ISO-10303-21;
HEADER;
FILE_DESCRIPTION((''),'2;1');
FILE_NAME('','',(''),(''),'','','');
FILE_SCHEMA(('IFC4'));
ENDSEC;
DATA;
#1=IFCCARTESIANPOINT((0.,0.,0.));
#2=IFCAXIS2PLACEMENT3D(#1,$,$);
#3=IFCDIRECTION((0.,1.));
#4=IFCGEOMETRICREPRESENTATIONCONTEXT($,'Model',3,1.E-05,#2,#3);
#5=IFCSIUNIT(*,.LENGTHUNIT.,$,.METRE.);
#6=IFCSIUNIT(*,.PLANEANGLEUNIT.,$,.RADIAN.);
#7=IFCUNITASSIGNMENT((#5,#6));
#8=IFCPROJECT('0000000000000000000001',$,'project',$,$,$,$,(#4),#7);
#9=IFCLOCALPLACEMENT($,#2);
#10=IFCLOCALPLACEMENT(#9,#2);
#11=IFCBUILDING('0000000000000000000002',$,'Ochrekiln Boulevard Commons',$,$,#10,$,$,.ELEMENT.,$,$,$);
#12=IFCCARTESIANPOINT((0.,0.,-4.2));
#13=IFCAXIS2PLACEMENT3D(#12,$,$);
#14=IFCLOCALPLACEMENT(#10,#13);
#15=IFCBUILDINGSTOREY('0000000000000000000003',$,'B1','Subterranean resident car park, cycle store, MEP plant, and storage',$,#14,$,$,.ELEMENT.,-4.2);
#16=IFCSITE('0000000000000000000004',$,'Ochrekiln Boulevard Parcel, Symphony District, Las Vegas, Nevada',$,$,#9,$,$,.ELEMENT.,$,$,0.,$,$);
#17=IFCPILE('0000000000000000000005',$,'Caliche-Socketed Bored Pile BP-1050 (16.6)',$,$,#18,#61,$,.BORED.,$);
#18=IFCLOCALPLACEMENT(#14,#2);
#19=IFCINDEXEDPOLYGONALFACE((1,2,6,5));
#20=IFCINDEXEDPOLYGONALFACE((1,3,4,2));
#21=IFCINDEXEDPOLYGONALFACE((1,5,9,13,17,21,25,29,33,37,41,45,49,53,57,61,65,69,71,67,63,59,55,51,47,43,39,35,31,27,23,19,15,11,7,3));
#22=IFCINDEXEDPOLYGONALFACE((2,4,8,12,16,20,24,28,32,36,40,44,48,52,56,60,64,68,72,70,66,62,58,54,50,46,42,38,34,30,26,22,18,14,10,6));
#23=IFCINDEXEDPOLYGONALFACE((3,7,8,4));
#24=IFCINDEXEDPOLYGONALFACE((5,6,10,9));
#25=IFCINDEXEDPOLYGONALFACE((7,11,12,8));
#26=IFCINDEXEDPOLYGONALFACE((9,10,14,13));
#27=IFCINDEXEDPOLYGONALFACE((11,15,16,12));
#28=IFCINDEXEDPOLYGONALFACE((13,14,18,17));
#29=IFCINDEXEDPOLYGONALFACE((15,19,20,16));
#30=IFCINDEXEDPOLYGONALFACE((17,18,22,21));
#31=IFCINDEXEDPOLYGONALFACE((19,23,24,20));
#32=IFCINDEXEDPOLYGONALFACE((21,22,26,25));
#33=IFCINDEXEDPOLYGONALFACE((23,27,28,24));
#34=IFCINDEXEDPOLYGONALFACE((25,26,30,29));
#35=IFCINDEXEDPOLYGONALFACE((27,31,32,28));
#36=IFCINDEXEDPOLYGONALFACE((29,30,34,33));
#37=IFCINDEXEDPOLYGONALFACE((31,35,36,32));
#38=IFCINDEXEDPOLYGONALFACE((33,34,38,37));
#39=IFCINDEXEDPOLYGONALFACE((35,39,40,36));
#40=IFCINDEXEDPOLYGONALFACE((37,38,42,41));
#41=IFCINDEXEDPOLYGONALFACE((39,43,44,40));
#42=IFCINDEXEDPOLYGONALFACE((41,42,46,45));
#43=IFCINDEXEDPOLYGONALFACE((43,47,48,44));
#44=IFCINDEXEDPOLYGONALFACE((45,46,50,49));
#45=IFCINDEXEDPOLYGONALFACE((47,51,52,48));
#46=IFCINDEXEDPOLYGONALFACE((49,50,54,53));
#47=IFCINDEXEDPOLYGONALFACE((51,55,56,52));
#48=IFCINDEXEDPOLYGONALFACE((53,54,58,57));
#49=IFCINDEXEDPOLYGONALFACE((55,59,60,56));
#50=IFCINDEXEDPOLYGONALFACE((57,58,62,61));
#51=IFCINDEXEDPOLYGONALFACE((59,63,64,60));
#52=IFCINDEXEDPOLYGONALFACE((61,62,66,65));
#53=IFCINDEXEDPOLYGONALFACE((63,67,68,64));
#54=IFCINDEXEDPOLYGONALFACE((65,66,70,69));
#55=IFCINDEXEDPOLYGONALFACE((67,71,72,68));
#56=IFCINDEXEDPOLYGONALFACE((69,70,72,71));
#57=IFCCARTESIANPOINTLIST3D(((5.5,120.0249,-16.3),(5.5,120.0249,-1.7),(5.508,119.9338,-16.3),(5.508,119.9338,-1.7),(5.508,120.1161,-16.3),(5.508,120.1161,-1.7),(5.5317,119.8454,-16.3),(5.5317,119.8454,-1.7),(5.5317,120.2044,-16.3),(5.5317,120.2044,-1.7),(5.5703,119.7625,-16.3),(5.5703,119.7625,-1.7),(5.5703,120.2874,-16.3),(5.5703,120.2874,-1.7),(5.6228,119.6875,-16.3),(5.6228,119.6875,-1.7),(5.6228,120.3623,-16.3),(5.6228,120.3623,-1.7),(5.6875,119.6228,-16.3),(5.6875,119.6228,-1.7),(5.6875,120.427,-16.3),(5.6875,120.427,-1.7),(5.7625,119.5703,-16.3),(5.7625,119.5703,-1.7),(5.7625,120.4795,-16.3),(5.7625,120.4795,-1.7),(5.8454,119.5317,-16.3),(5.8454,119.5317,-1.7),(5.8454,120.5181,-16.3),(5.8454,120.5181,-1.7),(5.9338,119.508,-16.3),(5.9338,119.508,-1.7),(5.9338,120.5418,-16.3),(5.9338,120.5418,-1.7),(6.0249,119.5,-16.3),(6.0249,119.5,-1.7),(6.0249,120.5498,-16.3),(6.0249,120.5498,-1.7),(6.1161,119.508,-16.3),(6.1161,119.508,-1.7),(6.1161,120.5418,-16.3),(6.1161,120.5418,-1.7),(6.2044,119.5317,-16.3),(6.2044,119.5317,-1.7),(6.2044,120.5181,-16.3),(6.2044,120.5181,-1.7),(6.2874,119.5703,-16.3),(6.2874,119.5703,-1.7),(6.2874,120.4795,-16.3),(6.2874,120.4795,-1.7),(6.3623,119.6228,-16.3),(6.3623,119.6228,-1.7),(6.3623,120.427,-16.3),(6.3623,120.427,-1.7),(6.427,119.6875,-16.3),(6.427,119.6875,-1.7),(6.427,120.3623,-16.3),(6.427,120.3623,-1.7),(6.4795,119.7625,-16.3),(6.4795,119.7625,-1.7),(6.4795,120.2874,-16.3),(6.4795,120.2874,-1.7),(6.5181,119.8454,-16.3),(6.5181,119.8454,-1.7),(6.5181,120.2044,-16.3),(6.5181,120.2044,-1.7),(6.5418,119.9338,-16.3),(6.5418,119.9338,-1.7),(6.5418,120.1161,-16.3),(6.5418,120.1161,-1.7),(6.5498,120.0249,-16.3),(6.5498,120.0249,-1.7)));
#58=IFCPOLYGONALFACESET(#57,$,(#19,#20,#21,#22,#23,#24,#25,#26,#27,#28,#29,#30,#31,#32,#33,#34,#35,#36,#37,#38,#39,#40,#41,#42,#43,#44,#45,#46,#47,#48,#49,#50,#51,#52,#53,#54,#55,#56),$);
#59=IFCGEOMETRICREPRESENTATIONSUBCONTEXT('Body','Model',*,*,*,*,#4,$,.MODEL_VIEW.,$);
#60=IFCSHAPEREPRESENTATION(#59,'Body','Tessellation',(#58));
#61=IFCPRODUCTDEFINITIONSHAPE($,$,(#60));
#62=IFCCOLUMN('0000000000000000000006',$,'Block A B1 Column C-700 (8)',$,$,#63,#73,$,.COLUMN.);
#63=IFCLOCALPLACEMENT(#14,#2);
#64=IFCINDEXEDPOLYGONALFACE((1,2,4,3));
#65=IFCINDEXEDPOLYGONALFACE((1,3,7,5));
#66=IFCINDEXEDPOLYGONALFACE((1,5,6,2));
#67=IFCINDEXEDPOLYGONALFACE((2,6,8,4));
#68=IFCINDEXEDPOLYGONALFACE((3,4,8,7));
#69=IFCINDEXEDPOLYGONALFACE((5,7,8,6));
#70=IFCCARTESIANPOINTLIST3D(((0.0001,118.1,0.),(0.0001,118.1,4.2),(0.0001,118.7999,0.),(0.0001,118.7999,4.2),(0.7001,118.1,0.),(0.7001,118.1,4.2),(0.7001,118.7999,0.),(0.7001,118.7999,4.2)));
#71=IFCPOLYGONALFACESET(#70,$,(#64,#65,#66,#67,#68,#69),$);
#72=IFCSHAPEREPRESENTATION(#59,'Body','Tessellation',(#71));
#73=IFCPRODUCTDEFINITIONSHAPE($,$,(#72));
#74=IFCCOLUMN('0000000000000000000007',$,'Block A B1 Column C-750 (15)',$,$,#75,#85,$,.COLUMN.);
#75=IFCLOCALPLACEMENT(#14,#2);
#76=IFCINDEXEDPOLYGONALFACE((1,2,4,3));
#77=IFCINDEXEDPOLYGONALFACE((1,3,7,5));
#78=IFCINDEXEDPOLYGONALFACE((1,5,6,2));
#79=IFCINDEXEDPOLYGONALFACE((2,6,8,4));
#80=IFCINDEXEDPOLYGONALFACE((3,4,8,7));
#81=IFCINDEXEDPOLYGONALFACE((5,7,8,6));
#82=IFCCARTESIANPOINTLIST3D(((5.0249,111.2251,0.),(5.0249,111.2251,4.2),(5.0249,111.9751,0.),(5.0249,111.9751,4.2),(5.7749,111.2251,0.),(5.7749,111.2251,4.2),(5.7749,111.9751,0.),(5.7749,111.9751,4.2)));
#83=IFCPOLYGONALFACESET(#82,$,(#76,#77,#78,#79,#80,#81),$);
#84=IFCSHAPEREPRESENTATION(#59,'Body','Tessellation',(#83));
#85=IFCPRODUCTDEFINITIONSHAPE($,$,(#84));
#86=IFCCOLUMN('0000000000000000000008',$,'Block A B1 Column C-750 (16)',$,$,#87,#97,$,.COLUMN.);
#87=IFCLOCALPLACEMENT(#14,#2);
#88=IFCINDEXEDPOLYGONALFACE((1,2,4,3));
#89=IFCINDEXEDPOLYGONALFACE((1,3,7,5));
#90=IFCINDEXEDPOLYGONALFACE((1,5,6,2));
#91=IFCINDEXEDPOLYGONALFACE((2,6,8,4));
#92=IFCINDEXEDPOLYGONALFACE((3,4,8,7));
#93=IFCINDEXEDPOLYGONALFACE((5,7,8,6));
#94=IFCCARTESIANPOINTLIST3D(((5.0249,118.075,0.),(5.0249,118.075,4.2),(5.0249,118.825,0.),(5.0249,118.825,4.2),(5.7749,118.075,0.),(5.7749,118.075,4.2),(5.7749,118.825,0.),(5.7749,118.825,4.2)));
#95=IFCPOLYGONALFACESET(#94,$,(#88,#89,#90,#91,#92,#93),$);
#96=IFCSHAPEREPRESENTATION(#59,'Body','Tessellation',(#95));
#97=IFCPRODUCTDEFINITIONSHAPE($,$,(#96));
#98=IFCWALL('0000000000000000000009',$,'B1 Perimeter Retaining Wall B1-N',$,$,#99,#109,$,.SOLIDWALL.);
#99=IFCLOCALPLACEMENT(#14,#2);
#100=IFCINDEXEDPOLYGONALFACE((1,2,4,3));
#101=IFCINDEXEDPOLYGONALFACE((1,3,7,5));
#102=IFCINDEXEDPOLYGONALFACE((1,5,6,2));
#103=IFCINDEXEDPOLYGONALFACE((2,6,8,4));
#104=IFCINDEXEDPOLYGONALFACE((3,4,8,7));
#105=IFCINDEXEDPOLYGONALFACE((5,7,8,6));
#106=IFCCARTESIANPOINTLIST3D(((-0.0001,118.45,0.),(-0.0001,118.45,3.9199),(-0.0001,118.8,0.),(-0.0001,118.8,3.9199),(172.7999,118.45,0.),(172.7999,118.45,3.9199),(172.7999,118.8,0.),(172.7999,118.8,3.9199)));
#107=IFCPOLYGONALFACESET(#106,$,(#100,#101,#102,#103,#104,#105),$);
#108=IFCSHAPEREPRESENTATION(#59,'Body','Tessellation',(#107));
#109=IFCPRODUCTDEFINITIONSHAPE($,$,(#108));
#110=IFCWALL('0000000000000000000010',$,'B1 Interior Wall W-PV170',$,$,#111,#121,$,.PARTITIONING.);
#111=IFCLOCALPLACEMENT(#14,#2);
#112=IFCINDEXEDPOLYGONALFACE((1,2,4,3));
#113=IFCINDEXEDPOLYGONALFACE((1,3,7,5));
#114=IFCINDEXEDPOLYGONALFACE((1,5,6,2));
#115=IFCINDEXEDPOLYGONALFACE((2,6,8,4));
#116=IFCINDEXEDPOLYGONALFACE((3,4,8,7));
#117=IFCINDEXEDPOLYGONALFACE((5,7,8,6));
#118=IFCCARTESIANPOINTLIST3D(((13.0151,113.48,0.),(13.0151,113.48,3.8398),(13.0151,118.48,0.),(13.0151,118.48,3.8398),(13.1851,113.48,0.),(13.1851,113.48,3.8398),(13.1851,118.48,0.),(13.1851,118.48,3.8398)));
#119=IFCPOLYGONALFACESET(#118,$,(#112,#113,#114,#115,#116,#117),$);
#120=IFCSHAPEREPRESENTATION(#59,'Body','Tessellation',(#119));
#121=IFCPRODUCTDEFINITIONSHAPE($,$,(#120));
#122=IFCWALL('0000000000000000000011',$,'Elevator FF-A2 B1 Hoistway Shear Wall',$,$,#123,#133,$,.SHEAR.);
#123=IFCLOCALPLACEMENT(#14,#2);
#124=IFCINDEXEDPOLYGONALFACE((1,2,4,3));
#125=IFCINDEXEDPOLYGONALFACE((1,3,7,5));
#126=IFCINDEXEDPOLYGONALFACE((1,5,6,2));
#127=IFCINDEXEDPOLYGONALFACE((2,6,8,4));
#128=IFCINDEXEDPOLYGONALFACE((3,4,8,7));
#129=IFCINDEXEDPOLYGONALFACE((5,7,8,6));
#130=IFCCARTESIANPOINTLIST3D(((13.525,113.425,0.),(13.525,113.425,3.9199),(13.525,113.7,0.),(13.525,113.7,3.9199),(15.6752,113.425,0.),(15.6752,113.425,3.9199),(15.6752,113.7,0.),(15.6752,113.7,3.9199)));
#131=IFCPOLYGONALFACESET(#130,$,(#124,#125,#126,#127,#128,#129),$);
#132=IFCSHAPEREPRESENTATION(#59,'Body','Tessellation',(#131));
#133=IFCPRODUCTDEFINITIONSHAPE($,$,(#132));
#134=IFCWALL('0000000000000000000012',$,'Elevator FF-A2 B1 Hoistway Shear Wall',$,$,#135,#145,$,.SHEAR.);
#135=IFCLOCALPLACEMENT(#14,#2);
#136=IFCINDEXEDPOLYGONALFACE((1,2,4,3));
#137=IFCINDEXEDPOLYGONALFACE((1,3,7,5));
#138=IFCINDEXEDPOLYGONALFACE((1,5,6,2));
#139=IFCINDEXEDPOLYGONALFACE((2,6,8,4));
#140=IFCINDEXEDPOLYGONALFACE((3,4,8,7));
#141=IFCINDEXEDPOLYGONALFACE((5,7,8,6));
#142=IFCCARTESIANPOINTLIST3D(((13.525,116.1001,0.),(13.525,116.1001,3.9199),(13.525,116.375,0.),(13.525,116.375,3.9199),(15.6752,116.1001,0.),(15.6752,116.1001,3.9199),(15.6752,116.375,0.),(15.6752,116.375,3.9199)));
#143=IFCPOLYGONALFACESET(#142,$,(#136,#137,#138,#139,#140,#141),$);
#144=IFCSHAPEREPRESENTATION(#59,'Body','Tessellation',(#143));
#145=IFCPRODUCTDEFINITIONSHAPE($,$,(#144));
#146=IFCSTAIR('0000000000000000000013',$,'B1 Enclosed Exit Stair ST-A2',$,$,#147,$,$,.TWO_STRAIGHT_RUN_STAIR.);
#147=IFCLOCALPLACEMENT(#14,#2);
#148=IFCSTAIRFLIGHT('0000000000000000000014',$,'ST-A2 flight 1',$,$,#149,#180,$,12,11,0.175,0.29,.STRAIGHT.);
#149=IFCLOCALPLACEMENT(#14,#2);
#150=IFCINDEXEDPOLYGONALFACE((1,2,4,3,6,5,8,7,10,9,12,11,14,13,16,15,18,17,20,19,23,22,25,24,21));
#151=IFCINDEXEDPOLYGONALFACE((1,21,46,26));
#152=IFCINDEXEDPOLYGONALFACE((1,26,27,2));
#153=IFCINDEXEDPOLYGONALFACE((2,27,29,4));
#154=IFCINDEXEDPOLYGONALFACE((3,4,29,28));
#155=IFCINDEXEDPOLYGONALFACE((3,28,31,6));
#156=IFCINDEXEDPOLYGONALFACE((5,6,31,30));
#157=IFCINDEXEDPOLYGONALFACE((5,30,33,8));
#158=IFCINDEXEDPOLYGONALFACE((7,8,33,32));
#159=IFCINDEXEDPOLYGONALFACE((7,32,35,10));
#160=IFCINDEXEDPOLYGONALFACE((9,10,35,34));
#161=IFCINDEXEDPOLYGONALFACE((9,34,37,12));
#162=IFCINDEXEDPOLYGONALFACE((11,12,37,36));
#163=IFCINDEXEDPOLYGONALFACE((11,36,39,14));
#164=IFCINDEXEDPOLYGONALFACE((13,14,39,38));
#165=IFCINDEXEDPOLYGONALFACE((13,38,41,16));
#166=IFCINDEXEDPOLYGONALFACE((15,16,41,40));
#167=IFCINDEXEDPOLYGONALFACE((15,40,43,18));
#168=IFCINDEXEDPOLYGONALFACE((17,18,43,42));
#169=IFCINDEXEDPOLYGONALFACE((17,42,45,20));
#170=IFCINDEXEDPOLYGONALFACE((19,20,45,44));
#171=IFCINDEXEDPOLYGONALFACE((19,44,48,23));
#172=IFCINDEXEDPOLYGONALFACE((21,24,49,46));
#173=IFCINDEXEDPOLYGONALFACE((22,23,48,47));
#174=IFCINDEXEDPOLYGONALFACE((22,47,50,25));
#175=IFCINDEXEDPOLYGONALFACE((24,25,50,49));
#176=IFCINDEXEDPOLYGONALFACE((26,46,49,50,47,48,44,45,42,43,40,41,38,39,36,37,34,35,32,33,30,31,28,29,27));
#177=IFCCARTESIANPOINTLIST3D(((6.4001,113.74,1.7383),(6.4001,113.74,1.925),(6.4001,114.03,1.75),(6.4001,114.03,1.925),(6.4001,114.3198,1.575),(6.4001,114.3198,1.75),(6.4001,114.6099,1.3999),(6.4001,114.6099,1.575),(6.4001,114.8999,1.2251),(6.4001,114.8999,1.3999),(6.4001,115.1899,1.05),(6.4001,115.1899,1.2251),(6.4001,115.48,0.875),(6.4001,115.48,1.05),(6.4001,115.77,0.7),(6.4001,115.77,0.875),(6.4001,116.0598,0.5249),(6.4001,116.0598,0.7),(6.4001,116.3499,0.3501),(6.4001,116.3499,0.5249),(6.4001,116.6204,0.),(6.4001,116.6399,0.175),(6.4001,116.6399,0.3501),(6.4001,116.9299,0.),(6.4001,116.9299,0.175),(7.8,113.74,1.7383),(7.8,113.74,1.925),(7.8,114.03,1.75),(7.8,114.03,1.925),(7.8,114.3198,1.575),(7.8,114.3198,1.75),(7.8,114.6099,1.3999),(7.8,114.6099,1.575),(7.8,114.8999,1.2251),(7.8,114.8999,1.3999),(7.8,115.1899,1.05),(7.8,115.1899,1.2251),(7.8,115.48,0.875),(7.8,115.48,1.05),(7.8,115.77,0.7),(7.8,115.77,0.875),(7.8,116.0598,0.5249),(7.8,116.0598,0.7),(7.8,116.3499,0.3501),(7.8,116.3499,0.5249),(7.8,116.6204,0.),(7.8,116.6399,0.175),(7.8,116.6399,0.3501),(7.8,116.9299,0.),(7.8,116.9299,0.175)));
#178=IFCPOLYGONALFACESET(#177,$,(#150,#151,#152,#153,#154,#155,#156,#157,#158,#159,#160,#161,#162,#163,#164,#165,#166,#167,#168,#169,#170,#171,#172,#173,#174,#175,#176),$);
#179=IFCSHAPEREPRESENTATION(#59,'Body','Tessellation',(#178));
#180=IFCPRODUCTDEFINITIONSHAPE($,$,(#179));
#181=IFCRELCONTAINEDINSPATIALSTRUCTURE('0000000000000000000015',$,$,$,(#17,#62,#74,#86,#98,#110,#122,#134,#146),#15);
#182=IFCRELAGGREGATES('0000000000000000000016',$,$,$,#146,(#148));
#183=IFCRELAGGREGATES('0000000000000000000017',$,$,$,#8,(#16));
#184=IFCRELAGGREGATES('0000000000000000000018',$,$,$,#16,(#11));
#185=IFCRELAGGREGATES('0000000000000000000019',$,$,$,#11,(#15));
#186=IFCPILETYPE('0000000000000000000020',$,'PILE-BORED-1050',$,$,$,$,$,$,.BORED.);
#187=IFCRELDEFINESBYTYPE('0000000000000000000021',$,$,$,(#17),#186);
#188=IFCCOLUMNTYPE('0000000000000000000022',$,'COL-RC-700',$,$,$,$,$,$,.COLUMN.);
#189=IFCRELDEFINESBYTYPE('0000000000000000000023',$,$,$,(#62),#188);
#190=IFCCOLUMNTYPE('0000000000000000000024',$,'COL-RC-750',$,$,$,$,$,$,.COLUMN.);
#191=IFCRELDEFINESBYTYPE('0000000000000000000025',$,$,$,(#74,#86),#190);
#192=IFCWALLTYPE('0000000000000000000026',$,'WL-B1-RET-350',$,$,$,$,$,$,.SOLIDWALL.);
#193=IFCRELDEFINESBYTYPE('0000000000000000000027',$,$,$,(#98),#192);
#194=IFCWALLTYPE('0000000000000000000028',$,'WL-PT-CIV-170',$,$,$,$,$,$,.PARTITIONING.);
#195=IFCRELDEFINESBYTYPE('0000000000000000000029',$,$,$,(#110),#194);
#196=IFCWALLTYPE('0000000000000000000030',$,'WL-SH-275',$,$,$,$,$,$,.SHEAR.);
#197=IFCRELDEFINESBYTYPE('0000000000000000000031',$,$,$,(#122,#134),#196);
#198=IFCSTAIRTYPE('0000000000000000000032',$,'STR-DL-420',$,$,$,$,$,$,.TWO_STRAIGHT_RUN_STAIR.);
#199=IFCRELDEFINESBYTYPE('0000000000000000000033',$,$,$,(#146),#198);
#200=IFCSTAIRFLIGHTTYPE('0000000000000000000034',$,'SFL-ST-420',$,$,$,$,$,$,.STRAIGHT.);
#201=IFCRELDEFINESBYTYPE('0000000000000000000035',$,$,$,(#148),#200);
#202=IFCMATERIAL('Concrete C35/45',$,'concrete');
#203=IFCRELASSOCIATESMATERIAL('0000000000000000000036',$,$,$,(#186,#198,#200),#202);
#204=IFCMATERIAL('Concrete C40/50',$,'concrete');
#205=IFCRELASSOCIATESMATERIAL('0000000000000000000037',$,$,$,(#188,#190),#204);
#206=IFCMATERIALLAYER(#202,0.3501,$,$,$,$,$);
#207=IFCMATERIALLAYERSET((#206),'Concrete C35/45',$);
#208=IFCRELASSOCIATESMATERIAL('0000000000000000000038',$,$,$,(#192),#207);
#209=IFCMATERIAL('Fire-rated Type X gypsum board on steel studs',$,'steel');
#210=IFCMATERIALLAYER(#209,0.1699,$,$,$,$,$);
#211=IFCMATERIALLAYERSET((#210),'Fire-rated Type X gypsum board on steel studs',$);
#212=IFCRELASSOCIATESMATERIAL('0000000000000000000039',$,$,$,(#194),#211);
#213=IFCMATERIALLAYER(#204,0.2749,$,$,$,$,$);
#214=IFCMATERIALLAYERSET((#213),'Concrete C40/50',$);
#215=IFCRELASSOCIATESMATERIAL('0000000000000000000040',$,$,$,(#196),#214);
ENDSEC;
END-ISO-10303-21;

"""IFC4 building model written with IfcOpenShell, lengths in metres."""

from ifc_helpers import new_model, si_unit, direction, frame, frame_2d, origin, origin_2d, place, context, subcontext, project, spatial, polyline, rectangle, circle, outline, extrude, material, layer, layer_set, material_profile, profile_set, type_object, element, aggregate, save


model = new_model("IFC4")

# Units and contexts
model_context = context("Model", 3, precision=1e-05, world=origin(), true_north=direction((0.0, 1.0)))
body_context = subcontext(model_context, "Body", "Model", "MODEL_VIEW")
ifc_project = project(units=[si_unit("LENGTHUNIT", "METRE"), si_unit("PLANEANGLEUNIT", "RADIAN")], contexts=[model_context])

# Site, building, storey
site_placement = place(None, origin())
site = spatial("IfcSite", under=ifc_project, at=site_placement, Name="Ochrekiln Boulevard Parcel, Symphony District, Las Vegas, Nevada", CompositionType="ELEMENT", RefElevation=0.0)
building_placement = place(site_placement, origin())
building = spatial("IfcBuilding", under=site, at=building_placement, Name="Ochrekiln Boulevard Commons", CompositionType="ELEMENT")
storey_placement = place(building_placement, frame((0.0, 0.0, -4.2)))
storey = spatial("IfcBuildingStorey", under=building, at=storey_placement, Name="B1", Description="Subterranean resident car park, cycle store, MEP plant, and storage", CompositionType="ELEMENT", Elevation=-4.2)

# Shared definitions
ifc_material_1 = material(Name="Concrete C35/45", Category="concrete")

# Pile
ifc_material_profile_1 = material_profile(ifc_material_1, circle(Radius=0.5249, at=origin_2d()), Name="PILE-D1050")
ifc_profile_set_1 = profile_set([ifc_material_profile_1], Name="Concrete C35/45")
pile_type = type_object("IfcPileType", Name="PILE-BORED-1050", PredefinedType="BORED", material=ifc_profile_set_1)
for number, where, z_axis, x_axis, name in (
    (1, (6.0249, 120.0249, -1.7), (0.0, 0.0, -1.0), (1.0, 0.0, 0.0), "Caliche-Socketed Bored Pile BP-1050 (16.6)"),
):
    element("IfcPile", number, at=place(storey_placement, frame(where, z_axis=z_axis, x_axis=x_axis)), inside=storey, type_object=pile_type, Name=name, PredefinedType="BORED", context=body_context, shape_type="SweptSolid", body=[
        extrude(circle(Radius=0.5249, at=origin_2d()), origin(), (0.0, 0.0, 1.0), 14.6001),
    ])

# Columns
ifc_material_2 = material(Name="Concrete C40/50", Category="concrete")
ifc_material_profile_2 = material_profile(ifc_material_2, rectangle(XDim=0.7, YDim=0.7, at=origin_2d()), Name="RC-COL-700x700")
ifc_profile_set_2 = profile_set([ifc_material_profile_2], Name="Concrete C40/50")
column_type_1 = type_object("IfcColumnType", Name="COL-RC-700", PredefinedType="COLUMN", material=ifc_profile_set_2)
column_placement = place(storey_placement, frame((0.3501, 118.45, 0.0), z_axis=(0.0, 0.0, 1.0), x_axis=(1.0, 0.0, 0.0)))
element("IfcColumn", 2, at=column_placement, inside=storey, type_object=column_type_1, Name="Block A B1 Column C-700 (8)", PredefinedType="COLUMN", context=body_context, shape_type="SweptSolid", body=[
    extrude(rectangle(XDim=0.7, YDim=0.7, at=origin_2d()), origin(), (0.0, 0.0, 1.0), 4.2),
])
ifc_material_profile_3 = material_profile(ifc_material_2, rectangle(XDim=0.75, YDim=0.75, at=origin_2d()), Name="RC-COL-750x750")
ifc_profile_set_3 = profile_set([ifc_material_profile_3], Name="Concrete C40/50")
column_type_2 = type_object("IfcColumnType", Name="COL-RC-750", PredefinedType="COLUMN", material=ifc_profile_set_3)
for number, where, z_axis, x_axis, name in (
    (3, (5.3999, 111.6001, 0.0), (0.0, 0.0, 1.0), (1.0, 0.0, 0.0), "Block A B1 Column C-750 (15)"),
    (4, (5.3999, 118.45, 0.0), (0.0, 0.0, 1.0), (1.0, 0.0, 0.0), "Block A B1 Column C-750 (16)"),
):
    element("IfcColumn", number, at=place(storey_placement, frame(where, z_axis=z_axis, x_axis=x_axis)), inside=storey, type_object=column_type_2, Name=name, PredefinedType="COLUMN", context=body_context, shape_type="SweptSolid", body=[
        extrude(rectangle(XDim=0.75, YDim=0.75, at=origin_2d()), origin(), (0.0, 0.0, 1.0), 4.2),
    ])

# Wall
ifc_layer_1 = layer(ifc_material_1, 0.3501)
ifc_layer_set_1 = layer_set([ifc_layer_1], Name="Concrete C35/45")
wall_type_1 = type_object("IfcWallType", Name="WL-B1-RET-350", PredefinedType="SOLIDWALL", material=ifc_layer_set_1)
wall_1_placement = place(storey_placement, frame((0.0, 118.625, 0.0), z_axis=(0.0, 0.0, 1.0), x_axis=(1.0, 0.0, 0.0)))
element("IfcWall", 5, at=wall_1_placement, inside=storey, type_object=wall_type_1, Name="B1 Perimeter Retaining Wall B1-N", PredefinedType="SOLIDWALL", context=body_context, shape_type="SweptSolid", body=[
    extrude(rectangle(XDim=172.8, YDim=0.3501, at=frame_2d((86.3999, 0.0))), origin(), (0.0, 0.0, 1.0), 3.9199),
])

# Shared definitions
ifc_material_3 = material(Name="Fire-rated Type X gypsum board on steel studs", Category="steel")
ifc_layer_2 = layer(ifc_material_3, 0.1699)
ifc_layer_set_2 = layer_set([ifc_layer_2], Name="Fire-rated Type X gypsum board on steel studs")
wall_type_2 = type_object("IfcWallType", Name="WL-PT-CIV-170", PredefinedType="PARTITIONING", material=ifc_layer_set_2)

# Walls
wall_2_placement = place(storey_placement, frame((13.1001, 113.48, 0.0), z_axis=(0.0, 0.0, 1.0), x_axis=(0.0, 1.0, 0.0)))
element("IfcWall", 6, at=wall_2_placement, inside=storey, type_object=wall_type_2, Name="B1 Interior Wall W-PV170", PredefinedType="PARTITIONING", context=body_context, shape_type="SweptSolid", body=[
    extrude(rectangle(XDim=5.0, YDim=0.1699, at=frame_2d((2.5, 0.0))), origin(), (0.0, 0.0, 1.0), 3.8398),
])
ifc_layer_3 = layer(ifc_material_2, 0.2749)
ifc_layer_set_3 = layer_set([ifc_layer_3], Name="Concrete C40/50")
wall_type_3 = type_object("IfcWallType", Name="WL-SH-275", PredefinedType="SHEAR", material=ifc_layer_set_3)
for number, where, z_axis, x_axis, name in (
    (7, (13.5249, 113.5625, 0.0), (0.0, 0.0, 1.0), (1.0, 0.0, 0.0), "Elevator FF-A2 B1 Hoistway Shear Wall"),
    (8, (13.5249, 116.2375, 0.0), (0.0, 0.0, 1.0), (1.0, 0.0, 0.0), "Elevator FF-A2 B1 Hoistway Shear Wall"),
):
    element("IfcWall", number, at=place(storey_placement, frame(where, z_axis=z_axis, x_axis=x_axis)), inside=storey, type_object=wall_type_3, Name=name, PredefinedType="SHEAR", context=body_context, shape_type="SweptSolid", body=[
        extrude(rectangle(XDim=2.1501, YDim=0.2749, at=frame_2d((1.0752, 0.0))), origin(), (0.0, 0.0, 1.0), 3.9199),
    ])

# Stair, stair flight
stair_type = type_object("IfcStairType", Name="STR-DL-420", PredefinedType="TWO_STRAIGHT_RUN_STAIR", material=ifc_material_1)
stair_placement = place(storey_placement, origin())
stair = element("IfcStair", 9, at=stair_placement, inside=storey, type_object=stair_type, Name="B1 Enclosed Exit Stair ST-A2", PredefinedType="TWO_STRAIGHT_RUN_STAIR")
stair_flight_type = type_object("IfcStairFlightType", Name="SFL-ST-420", PredefinedType="STRAIGHT", material=ifc_material_1)
stair_flight_1_placement = place(storey_placement, frame((7.1001, 116.9299, 0.0), z_axis=(0.0, 0.0, 1.0), x_axis=(0.0, -1.0, 0.0)))
stair_flight_1 = element("IfcStairFlight", 10, at=stair_flight_1_placement, type_object=stair_flight_type, Name="ST-A2 flight 1", NumberOfRisers=12, NumberOfTreads=11, PredefinedType="STRAIGHT", RiserHeight=0.175, TreadLength=0.29, context=body_context, shape_type="SweptSolid", body=[
    extrude(outline(polyline([(0.0, 0.0), (0.0, 0.175), (0.29, 0.175), (0.29, 0.3501), (0.5801, 0.3501), (0.5801, 0.5249), (0.8701, 0.5249), (0.8701, 0.7), (1.1599, 0.7), (1.1599, 0.875), (1.45, 0.875), (1.45, 1.05), (1.74, 1.05), (1.74, 1.2251), (2.03, 1.2251), (2.03, 1.3999), (2.3201, 1.3999), (2.3201, 1.575), (2.6101, 1.575), (2.6101, 1.75), (2.8999, 1.75), (2.8999, 1.925), (3.1899, 1.925), (3.1899, 2.1001), (3.1899, 1.7383), (0.3096, 0.0), (0.0, 0.0)])), frame((0.0, 0.7, 0.0), z_axis=(0.0, -1.0, 0.0), x_axis=(1.0, 0.0, 0.0)), (0.0, 0.0, 1.0), 1.3999),
])
aggregate(stair, [stair_flight_1])

save(model, "model.ifc")
